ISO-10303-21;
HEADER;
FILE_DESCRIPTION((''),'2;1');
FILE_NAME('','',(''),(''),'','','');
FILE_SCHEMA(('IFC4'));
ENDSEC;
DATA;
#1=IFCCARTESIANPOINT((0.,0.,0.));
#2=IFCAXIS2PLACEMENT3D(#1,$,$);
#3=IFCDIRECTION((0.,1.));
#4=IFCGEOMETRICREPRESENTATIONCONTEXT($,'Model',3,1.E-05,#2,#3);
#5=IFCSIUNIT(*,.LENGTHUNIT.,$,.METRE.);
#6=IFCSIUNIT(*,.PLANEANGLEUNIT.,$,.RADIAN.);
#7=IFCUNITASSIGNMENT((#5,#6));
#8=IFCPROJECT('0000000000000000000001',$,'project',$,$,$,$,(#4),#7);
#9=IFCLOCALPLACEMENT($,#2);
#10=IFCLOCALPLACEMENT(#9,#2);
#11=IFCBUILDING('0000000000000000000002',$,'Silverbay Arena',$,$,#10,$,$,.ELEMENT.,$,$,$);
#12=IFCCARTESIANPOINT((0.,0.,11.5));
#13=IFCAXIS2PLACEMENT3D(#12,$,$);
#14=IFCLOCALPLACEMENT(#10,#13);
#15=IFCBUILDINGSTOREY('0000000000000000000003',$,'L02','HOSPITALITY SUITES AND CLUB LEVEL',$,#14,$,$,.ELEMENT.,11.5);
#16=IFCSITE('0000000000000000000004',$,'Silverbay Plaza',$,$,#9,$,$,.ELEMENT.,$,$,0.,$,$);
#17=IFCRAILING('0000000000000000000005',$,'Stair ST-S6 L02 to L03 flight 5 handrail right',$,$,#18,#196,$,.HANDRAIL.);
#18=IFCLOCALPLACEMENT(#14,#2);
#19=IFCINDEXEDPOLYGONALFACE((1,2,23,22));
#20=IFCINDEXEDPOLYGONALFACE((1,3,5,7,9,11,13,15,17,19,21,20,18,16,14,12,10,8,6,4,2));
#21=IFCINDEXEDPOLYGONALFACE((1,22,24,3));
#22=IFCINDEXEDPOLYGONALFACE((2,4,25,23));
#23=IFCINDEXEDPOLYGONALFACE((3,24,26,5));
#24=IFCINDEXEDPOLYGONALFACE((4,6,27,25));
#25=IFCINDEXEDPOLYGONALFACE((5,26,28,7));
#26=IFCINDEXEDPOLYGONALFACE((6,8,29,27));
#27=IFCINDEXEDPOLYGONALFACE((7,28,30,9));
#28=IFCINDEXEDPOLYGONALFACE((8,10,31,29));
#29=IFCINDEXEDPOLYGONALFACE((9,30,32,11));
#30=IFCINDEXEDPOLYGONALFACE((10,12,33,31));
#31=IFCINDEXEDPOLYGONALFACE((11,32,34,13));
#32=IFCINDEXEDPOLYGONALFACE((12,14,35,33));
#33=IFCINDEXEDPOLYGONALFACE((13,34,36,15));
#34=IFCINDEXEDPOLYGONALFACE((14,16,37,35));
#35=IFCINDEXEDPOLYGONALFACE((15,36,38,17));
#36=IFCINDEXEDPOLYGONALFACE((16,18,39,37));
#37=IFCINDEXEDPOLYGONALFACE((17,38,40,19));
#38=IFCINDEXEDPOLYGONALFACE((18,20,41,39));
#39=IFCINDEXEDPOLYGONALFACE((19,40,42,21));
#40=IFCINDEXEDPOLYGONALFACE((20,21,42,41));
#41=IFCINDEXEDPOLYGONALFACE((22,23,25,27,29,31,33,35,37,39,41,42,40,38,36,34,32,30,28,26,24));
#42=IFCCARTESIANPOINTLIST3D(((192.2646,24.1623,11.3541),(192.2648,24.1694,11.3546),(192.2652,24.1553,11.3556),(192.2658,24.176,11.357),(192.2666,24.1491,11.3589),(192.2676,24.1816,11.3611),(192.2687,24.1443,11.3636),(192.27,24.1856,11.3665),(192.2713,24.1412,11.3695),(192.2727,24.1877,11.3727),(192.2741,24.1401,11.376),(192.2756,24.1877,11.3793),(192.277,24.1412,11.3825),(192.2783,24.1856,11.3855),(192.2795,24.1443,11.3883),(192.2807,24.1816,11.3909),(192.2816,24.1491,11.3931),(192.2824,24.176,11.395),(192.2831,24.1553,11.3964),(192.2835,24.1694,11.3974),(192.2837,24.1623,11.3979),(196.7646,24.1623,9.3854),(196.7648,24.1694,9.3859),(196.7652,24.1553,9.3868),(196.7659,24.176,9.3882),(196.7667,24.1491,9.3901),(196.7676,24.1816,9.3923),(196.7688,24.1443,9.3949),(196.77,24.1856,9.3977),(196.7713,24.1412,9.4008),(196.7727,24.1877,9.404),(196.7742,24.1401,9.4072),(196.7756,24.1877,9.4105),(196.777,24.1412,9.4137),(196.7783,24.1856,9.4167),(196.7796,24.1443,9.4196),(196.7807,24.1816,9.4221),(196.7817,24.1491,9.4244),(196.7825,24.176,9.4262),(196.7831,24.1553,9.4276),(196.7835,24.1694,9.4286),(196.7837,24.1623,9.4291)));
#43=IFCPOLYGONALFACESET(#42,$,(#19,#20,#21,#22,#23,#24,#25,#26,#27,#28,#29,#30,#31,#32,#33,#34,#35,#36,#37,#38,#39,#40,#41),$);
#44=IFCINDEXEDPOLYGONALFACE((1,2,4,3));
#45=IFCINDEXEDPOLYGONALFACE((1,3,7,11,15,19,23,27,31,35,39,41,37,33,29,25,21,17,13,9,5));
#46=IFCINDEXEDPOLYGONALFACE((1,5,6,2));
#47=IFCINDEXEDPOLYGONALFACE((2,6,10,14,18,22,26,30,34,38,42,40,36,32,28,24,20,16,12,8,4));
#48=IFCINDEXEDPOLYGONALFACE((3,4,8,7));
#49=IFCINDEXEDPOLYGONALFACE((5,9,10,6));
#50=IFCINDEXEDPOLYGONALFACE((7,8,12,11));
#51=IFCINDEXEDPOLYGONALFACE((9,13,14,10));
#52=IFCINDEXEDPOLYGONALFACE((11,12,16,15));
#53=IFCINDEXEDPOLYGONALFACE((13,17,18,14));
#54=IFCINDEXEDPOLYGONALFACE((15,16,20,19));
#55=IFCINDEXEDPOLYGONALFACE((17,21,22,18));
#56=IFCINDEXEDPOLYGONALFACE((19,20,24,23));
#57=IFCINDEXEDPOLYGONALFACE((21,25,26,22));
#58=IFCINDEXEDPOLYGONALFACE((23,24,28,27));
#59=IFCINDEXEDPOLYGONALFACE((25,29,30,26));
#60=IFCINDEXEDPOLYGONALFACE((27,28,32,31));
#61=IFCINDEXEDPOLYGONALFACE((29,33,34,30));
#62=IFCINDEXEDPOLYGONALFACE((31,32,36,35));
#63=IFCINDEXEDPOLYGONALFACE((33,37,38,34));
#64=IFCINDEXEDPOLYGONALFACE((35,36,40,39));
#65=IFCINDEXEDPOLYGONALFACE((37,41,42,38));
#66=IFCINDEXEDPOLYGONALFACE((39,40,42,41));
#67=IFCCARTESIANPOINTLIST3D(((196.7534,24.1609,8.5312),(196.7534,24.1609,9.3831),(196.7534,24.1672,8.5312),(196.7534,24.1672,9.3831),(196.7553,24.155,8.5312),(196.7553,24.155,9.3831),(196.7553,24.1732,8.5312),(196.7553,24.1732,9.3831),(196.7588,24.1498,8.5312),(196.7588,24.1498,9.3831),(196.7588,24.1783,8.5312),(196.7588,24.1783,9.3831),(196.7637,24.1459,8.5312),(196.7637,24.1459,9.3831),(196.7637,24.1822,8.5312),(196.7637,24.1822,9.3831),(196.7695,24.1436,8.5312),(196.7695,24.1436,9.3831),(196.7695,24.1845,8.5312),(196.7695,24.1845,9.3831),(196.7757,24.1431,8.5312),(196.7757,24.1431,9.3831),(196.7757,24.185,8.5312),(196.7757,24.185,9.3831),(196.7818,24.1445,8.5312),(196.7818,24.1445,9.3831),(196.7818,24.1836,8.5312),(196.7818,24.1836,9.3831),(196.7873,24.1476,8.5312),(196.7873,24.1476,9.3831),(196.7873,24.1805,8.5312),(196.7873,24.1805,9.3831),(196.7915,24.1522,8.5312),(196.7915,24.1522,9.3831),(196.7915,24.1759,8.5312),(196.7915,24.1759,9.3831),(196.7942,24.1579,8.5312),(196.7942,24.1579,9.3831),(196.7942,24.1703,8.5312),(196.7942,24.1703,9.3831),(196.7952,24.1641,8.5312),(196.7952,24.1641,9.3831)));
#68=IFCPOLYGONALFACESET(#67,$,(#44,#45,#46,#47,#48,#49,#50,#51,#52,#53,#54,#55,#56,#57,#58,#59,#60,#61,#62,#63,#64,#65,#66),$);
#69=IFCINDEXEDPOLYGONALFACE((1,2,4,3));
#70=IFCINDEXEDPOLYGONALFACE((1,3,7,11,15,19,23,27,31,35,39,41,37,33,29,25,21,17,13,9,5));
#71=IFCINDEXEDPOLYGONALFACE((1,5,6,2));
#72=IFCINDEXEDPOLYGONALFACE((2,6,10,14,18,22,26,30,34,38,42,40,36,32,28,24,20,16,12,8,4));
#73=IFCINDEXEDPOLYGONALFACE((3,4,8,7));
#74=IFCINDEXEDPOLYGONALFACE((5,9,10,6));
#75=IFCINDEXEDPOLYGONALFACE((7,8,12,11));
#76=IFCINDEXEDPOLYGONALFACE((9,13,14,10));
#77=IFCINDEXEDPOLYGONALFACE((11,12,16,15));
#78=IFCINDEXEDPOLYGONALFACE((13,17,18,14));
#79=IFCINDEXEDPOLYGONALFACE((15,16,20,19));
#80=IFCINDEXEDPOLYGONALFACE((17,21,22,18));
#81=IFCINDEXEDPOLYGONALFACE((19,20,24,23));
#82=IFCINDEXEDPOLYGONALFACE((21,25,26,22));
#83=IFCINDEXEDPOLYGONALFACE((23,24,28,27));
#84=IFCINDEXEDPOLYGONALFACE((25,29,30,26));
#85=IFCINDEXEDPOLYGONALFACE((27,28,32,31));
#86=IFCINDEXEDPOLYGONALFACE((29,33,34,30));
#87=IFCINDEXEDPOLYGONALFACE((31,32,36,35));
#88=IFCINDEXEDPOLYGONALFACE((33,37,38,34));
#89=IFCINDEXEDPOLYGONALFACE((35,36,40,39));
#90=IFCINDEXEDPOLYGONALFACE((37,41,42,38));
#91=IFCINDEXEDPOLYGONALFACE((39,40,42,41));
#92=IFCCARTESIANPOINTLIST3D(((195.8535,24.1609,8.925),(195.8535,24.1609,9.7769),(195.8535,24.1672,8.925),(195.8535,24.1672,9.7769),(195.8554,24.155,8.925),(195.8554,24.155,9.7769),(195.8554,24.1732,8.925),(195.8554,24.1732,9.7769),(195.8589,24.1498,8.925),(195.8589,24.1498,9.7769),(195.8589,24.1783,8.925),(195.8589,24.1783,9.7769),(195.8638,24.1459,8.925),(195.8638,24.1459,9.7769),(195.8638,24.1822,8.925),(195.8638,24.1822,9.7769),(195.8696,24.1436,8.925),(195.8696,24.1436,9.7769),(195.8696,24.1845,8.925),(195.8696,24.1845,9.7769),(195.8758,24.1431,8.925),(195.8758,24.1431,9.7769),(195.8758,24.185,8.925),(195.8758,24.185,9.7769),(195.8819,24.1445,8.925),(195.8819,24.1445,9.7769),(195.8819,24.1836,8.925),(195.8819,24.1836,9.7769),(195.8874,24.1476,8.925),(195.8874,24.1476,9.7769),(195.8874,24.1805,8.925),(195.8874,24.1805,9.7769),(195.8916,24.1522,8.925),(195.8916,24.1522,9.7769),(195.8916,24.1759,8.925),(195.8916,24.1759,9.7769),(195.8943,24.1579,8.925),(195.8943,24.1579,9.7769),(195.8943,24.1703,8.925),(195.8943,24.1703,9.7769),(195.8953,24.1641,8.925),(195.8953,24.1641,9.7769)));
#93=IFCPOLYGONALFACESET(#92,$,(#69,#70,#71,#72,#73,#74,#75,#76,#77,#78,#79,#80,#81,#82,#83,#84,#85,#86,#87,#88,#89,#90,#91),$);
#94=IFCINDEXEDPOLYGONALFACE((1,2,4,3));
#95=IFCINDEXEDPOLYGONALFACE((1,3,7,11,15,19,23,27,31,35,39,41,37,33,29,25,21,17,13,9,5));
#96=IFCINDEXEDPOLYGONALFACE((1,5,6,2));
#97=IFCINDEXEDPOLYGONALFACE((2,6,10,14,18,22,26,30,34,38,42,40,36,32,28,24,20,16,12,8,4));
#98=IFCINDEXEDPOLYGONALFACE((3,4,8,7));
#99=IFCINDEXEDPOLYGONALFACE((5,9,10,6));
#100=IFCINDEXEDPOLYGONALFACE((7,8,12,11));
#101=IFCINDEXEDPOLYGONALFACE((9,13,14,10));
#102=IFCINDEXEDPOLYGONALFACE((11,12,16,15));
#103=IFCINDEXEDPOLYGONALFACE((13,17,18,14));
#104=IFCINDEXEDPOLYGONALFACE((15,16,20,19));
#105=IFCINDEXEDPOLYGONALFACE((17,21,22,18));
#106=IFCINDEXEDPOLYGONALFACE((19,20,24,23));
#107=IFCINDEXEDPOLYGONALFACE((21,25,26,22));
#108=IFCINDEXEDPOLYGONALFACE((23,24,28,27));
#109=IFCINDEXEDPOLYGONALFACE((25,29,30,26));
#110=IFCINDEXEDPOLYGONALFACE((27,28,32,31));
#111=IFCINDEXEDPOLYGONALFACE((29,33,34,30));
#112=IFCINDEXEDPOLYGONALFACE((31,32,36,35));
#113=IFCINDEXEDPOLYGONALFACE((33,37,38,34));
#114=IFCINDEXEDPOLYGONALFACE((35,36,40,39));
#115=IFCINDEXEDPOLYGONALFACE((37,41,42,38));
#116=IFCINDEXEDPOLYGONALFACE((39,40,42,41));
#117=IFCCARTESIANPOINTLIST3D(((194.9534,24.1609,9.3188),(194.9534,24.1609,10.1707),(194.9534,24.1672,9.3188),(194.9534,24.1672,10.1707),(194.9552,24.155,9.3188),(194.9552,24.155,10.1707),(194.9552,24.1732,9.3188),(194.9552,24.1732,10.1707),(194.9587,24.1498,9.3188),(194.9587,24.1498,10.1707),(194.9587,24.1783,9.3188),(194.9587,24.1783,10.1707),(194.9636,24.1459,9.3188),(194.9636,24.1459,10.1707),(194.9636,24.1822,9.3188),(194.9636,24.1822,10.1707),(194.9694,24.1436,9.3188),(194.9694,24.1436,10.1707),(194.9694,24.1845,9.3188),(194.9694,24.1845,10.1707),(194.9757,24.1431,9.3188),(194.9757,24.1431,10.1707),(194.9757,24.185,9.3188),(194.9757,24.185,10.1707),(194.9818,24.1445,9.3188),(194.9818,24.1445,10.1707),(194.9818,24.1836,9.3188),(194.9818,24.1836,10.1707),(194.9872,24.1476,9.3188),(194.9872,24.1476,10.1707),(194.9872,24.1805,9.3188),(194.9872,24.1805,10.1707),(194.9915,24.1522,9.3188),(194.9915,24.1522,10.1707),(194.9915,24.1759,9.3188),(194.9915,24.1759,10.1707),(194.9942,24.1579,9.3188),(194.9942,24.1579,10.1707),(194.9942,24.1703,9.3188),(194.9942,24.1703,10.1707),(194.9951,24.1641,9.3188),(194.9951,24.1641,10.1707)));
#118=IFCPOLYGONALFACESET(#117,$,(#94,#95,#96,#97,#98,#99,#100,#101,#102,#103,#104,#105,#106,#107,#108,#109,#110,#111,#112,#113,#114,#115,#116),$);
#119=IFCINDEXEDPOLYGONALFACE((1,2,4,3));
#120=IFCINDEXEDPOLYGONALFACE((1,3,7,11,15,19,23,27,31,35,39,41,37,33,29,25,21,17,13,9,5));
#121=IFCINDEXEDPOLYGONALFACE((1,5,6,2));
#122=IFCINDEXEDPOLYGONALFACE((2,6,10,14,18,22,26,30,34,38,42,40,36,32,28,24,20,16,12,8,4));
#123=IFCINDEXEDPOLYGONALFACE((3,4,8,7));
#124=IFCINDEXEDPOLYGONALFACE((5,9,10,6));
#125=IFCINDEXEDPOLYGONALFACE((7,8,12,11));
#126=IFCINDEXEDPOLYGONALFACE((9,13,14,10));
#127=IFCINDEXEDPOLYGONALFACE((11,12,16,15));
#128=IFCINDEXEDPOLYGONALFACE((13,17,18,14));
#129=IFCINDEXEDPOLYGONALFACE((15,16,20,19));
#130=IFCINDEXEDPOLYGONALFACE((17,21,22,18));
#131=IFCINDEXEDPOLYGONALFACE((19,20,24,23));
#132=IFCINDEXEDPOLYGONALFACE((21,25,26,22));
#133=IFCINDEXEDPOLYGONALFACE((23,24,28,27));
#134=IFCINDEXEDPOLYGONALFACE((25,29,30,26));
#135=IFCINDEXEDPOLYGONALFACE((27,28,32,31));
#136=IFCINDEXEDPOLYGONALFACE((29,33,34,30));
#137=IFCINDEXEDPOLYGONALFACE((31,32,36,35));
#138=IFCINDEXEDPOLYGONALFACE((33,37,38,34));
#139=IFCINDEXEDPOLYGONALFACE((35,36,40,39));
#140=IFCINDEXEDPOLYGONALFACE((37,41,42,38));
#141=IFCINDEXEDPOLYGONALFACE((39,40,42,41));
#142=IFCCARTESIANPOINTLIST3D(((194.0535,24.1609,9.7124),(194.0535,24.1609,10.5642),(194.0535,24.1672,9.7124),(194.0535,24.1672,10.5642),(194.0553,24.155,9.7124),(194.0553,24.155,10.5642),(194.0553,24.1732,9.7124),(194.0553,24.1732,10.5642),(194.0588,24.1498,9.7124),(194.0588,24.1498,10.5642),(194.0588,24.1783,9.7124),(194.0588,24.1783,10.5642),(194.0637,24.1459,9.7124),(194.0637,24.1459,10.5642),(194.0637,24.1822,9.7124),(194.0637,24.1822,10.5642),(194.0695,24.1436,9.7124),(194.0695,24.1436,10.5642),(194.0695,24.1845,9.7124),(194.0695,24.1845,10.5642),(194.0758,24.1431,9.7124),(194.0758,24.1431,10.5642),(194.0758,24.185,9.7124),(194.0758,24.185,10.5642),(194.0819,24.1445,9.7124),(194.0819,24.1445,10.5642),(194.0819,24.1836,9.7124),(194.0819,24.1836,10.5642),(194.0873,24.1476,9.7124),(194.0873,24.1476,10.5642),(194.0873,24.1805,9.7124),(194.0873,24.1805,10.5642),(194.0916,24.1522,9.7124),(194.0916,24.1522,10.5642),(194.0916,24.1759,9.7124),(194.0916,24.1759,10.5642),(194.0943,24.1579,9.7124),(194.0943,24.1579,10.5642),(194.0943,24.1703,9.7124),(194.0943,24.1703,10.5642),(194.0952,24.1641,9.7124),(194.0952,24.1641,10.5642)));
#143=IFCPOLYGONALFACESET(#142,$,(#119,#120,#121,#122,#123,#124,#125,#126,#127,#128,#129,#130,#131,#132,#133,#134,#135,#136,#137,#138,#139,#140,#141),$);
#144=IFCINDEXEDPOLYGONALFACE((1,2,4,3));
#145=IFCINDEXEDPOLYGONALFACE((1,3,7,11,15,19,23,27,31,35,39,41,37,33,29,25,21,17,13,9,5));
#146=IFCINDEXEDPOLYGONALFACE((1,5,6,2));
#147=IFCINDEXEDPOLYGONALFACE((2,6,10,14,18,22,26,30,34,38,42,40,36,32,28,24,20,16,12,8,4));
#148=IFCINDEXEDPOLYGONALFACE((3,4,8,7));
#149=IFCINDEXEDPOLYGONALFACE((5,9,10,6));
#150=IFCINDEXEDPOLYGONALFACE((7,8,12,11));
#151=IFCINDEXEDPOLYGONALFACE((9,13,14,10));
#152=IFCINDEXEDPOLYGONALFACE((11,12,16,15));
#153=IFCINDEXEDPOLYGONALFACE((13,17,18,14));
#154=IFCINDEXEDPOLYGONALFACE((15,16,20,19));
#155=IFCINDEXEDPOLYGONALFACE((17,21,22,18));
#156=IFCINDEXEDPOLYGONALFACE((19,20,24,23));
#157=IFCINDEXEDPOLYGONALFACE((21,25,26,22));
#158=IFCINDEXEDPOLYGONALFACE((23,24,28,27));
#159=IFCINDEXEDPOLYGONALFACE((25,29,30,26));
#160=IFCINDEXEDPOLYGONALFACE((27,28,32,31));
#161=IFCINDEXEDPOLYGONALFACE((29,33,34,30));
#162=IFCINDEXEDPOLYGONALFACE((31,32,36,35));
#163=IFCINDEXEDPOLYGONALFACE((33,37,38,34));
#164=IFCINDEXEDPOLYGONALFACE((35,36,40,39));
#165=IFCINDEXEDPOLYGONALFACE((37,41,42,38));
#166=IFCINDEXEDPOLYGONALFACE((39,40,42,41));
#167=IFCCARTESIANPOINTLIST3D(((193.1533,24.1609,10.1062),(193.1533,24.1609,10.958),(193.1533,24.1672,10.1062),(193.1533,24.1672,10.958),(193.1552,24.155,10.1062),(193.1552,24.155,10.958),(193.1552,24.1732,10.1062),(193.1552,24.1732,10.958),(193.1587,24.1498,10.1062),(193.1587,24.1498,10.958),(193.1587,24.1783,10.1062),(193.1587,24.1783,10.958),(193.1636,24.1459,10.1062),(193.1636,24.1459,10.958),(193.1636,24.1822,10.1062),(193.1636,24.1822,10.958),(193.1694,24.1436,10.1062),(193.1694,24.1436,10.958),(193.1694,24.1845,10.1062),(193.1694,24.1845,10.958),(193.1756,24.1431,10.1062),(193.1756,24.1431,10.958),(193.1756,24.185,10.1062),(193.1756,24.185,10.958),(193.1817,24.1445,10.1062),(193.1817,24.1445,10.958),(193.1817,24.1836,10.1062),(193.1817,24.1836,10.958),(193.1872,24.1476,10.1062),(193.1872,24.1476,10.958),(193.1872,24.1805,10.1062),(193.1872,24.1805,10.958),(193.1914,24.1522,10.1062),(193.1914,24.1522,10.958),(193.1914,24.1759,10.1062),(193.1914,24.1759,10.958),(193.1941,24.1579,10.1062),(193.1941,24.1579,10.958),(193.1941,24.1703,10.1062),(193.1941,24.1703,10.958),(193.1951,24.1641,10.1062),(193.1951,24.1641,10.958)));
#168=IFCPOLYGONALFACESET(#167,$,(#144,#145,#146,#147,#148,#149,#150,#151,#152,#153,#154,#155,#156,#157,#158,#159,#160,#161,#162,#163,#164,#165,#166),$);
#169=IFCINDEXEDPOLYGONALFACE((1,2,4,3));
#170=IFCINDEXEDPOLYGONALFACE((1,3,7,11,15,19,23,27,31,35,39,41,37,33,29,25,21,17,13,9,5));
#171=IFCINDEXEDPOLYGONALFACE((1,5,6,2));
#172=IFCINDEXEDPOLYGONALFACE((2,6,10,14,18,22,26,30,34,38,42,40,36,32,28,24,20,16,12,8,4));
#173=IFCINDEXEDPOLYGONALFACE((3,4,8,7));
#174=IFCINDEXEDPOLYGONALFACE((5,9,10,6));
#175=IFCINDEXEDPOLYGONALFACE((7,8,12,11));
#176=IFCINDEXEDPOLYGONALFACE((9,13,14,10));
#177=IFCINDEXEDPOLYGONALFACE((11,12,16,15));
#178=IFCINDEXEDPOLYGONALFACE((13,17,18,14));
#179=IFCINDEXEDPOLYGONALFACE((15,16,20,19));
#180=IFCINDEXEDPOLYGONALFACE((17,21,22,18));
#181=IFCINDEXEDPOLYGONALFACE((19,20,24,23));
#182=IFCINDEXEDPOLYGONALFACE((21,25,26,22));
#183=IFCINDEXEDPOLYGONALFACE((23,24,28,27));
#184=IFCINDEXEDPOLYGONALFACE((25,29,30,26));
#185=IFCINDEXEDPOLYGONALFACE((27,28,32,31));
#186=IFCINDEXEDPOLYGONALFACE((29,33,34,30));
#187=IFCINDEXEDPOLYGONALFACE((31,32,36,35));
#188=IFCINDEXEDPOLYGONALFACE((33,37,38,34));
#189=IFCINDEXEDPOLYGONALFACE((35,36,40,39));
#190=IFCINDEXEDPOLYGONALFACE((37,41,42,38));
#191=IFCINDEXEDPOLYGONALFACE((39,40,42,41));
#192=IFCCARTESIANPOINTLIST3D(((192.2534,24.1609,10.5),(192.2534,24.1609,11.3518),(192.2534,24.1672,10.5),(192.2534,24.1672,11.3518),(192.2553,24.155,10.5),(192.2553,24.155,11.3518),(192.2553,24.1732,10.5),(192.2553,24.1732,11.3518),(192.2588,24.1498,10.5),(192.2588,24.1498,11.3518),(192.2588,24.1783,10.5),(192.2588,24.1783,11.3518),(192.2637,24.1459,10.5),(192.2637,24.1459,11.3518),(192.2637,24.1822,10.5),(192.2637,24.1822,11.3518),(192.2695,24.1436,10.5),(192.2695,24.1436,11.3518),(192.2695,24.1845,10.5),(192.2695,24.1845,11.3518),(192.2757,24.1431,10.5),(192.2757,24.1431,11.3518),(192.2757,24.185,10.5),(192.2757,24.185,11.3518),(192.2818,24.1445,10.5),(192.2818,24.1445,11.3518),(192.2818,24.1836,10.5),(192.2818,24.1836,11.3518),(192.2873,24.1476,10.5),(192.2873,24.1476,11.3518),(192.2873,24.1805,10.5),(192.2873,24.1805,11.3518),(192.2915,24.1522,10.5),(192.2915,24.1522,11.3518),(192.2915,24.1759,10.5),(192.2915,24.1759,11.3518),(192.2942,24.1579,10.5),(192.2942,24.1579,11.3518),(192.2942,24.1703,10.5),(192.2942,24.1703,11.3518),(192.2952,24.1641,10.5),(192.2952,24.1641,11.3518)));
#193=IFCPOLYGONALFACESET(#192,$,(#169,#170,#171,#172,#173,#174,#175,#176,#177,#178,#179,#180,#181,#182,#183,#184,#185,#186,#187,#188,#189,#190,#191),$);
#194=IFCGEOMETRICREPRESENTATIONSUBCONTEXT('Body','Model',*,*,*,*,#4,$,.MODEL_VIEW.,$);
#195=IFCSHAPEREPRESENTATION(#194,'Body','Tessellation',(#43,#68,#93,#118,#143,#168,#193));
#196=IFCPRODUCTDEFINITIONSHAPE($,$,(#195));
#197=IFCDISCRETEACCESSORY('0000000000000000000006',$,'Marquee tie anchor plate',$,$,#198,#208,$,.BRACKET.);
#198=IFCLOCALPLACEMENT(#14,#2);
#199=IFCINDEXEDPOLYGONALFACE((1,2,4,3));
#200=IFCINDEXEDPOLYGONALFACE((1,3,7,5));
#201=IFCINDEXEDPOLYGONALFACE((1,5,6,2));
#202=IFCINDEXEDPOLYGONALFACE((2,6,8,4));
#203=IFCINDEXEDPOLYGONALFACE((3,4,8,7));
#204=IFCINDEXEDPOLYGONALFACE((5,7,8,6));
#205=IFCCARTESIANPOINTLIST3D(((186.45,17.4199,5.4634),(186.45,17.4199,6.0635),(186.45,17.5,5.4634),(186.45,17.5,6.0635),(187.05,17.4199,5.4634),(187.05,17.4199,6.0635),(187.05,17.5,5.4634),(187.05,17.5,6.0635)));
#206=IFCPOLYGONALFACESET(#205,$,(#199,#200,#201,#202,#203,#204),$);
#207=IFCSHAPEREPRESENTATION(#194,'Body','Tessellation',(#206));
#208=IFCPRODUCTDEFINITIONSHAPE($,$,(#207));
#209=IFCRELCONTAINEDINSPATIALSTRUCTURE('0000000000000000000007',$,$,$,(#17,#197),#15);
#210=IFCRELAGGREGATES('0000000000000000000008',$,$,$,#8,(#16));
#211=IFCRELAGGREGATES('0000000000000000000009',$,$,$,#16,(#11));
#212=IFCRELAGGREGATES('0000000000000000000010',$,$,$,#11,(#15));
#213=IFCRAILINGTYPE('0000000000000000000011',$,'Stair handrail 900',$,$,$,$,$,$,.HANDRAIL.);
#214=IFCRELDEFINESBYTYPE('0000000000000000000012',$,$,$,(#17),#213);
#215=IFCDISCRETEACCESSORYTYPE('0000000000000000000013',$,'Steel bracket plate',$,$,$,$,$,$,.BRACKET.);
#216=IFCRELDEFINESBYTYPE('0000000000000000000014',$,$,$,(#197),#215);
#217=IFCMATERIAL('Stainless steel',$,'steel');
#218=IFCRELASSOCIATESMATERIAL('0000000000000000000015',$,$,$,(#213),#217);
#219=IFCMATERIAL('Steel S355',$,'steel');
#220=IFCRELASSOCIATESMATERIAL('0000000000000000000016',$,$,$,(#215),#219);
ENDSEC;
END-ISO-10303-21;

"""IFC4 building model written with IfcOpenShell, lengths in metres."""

from ifc_helpers import new_model, si_unit, direction, frame, origin, origin_2d, place, context, subcontext, project, spatial, rectangle, circle, extrude, material, type_object, element, save


model = new_model("IFC4")

# Units and contexts
model_context = context("Model", 3, precision=1e-05, world=origin(), true_north=direction((0.0, 1.0)))
body_context = subcontext(model_context, "Body", "Model", "MODEL_VIEW")
ifc_project = project(units=[si_unit("LENGTHUNIT", "METRE"), si_unit("PLANEANGLEUNIT", "RADIAN")], contexts=[model_context])

# Site, building, storey
site_placement = place(None, origin())
site = spatial("IfcSite", under=ifc_project, at=site_placement, Name="Silverbay Plaza", CompositionType="ELEMENT", RefElevation=0.0)
building_placement = place(site_placement, origin())
building = spatial("IfcBuilding", under=site, at=building_placement, Name="Silverbay Arena", CompositionType="ELEMENT")
storey_placement = place(building_placement, frame((0.0, 0.0, 11.5)))
storey = spatial("IfcBuildingStorey", under=building, at=storey_placement, Name="L02", Description="HOSPITALITY SUITES AND CLUB LEVEL", CompositionType="ELEMENT", Elevation=11.5)

# Railing
ifc_material_1 = material(Name="Stainless steel", Category="steel")
railing_type_1 = type_object("IfcRailingType", Name="Stair handrail 900", PredefinedType="HANDRAIL", material=ifc_material_1)
for number, where, name in (
    (1, (196.7742, 24.1641, 8.5312), "Stair ST-S6 L02 to L03 flight 5 handrail right"),
):
    element("IfcRailing", number, at=place(storey_placement, frame(where)), inside=storey, type_object=railing_type_1, Name=name, PredefinedType="HANDRAIL", context=body_context, shape_type="SweptSolid", body=[
        extrude(circle(Radius=0.0239, at=origin_2d()), frame((0.0, 0.0, 0.876), z_axis=(-0.916157, 0.0, 0.400819), x_axis=(0.0, -1.0, 0.0)), (0.0, 0.0, 1.0), 4.9119),
        extrude(circle(Radius=0.021, at=origin_2d()), origin(), (0.0, 0.0, 1.0), 0.8518),
        extrude(circle(Radius=0.021, at=origin_2d()), frame((-0.8999, 0.0, 0.3938)), (0.0, 0.0, 1.0), 0.8518),
        extrude(circle(Radius=0.021, at=origin_2d()), frame((-1.8, 0.0, 0.7876)), (0.0, 0.0, 1.0), 0.8518),
        extrude(circle(Radius=0.021, at=origin_2d()), frame((-2.7, 0.0, 1.1812)), (0.0, 0.0, 1.0), 0.8518),
        extrude(circle(Radius=0.021, at=origin_2d()), frame((-3.6001, 0.0, 1.575)), (0.0, 0.0, 1.0), 0.8518),
        extrude(circle(Radius=0.021, at=origin_2d()), frame((-4.5, 0.0, 1.9688)), (0.0, 0.0, 1.0), 0.8518),
    ])

# Discrete accessory
ifc_material_2 = material(Name="Steel S355", Category="steel")
discrete_accessory_type = type_object("IfcDiscreteAccessoryType", Name="Steel bracket plate", PredefinedType="BRACKET", material=ifc_material_2)
discrete_accessory_placement = place(storey_placement, frame((186.75, 17.46, 5.4634), z_axis=(0.0, 0.0, 1.0), x_axis=(1.0, 0.0, 0.0)))
element("IfcDiscreteAccessory", 2, at=discrete_accessory_placement, inside=storey, type_object=discrete_accessory_type, Name="Marquee tie anchor plate", PredefinedType="BRACKET", context=body_context, shape_type="SweptSolid", body=[
    extrude(rectangle(XDim=0.6001, YDim=0.0801, at=origin_2d()), origin(), (0.0, 0.0, 1.0), 0.6001),
])

save(model, "model.ifc")
